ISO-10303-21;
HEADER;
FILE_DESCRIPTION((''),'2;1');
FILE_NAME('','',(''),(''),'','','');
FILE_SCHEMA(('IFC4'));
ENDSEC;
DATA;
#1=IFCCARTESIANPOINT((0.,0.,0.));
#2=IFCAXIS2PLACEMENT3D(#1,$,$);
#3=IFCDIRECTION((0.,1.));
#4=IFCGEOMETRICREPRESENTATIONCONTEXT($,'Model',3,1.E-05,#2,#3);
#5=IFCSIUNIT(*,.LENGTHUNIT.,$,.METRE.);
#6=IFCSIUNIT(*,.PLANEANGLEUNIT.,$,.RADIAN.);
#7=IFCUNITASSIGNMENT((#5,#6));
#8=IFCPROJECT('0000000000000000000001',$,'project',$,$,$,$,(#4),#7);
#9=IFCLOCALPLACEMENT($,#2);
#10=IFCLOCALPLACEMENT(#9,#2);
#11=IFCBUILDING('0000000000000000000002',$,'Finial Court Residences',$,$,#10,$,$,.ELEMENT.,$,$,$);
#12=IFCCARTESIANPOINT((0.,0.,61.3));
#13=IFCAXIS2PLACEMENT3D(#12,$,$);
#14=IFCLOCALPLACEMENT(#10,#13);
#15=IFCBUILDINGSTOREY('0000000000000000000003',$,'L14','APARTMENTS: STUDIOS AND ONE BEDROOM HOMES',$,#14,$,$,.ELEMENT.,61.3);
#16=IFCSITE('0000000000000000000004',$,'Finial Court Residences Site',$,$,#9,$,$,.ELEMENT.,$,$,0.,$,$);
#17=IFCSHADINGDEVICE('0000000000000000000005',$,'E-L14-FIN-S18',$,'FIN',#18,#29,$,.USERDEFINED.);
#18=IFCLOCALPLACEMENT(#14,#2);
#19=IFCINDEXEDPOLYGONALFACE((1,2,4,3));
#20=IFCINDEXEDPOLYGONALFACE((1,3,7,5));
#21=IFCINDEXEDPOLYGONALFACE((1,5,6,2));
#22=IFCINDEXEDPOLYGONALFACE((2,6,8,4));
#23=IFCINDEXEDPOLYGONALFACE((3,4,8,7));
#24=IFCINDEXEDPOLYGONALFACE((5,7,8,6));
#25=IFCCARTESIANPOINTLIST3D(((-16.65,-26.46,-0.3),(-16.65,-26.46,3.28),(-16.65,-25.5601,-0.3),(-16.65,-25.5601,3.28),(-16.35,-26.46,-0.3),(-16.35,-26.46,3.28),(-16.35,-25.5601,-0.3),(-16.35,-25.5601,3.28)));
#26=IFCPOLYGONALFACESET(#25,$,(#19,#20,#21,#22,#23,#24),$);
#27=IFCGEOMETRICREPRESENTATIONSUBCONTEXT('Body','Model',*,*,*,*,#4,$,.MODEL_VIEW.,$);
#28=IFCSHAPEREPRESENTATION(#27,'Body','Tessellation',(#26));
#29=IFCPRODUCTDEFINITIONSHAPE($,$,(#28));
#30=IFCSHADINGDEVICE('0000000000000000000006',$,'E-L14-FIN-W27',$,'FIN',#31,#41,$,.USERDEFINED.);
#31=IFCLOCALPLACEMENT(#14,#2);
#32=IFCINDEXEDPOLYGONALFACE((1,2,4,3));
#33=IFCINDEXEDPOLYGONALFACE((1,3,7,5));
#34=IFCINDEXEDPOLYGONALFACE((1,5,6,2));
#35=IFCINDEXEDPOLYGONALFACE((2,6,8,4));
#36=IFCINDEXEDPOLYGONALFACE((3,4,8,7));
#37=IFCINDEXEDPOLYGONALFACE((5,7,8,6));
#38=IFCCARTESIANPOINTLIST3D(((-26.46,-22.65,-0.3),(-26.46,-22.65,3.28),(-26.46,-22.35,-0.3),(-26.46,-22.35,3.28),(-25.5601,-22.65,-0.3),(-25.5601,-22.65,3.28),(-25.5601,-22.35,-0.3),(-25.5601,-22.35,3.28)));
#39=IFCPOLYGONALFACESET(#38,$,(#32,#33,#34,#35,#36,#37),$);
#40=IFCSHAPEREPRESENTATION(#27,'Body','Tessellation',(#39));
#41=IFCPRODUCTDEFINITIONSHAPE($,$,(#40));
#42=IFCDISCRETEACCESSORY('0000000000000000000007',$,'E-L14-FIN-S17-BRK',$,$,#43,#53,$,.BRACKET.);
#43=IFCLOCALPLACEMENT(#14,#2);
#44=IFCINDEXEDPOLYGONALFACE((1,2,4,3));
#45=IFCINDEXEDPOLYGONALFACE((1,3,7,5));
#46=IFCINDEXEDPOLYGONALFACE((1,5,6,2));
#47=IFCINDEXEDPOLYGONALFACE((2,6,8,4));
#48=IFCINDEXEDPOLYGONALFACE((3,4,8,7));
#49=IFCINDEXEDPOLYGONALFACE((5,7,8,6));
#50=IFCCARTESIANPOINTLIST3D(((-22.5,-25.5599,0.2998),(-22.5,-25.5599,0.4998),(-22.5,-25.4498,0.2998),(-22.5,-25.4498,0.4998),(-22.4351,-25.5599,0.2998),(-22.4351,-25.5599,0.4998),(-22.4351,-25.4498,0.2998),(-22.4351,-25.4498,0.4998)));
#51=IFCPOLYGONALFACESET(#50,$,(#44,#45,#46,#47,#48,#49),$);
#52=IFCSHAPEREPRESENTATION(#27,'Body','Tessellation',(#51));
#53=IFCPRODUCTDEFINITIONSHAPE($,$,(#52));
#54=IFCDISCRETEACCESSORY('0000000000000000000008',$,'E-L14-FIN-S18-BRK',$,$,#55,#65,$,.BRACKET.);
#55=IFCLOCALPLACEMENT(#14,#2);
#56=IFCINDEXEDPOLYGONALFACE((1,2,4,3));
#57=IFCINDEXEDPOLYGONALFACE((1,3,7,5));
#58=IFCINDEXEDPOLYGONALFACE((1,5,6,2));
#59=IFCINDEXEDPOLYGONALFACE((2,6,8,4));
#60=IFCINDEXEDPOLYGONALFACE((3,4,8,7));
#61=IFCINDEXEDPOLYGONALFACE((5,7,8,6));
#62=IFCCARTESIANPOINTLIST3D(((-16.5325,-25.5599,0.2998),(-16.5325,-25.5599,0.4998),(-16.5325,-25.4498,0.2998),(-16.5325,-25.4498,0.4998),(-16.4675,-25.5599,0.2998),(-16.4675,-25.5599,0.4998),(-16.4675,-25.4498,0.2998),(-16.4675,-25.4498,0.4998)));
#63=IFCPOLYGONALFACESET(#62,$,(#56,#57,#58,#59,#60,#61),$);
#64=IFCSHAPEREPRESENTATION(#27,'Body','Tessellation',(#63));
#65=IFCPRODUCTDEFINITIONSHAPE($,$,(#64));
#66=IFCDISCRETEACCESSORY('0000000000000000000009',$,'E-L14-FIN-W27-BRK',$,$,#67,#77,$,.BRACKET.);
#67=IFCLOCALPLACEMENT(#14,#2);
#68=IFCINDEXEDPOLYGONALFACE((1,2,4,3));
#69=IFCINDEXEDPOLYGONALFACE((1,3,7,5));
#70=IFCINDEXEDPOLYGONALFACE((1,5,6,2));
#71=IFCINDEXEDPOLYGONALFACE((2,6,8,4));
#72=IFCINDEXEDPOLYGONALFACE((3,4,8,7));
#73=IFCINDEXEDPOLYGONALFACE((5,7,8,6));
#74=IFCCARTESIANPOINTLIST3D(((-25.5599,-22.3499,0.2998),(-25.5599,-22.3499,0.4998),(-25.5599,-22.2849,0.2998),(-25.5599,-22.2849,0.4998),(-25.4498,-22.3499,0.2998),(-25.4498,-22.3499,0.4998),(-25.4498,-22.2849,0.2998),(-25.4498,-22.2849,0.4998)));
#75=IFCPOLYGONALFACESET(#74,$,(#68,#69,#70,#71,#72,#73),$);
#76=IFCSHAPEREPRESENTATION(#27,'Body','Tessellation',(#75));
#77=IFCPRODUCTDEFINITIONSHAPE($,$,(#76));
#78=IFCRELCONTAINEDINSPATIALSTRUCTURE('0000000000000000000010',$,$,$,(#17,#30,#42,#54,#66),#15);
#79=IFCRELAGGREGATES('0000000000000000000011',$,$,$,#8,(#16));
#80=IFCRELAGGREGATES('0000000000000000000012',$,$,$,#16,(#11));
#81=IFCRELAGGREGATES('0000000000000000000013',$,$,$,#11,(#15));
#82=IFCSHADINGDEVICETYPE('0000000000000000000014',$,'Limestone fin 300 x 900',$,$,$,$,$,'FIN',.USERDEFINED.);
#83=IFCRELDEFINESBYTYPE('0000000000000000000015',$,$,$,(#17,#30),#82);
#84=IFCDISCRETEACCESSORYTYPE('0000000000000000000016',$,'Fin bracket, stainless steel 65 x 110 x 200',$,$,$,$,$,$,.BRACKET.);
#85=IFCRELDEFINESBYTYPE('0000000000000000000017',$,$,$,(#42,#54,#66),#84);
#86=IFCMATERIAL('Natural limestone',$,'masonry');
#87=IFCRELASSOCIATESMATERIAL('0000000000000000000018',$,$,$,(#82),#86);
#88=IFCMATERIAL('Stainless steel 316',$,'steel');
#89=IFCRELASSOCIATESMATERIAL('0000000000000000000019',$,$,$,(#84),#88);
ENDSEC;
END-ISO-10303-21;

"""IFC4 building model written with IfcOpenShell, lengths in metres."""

from ifc_helpers import new_model, si_unit, direction, frame, origin, origin_2d, place, context, subcontext, project, spatial, rectangle, extrude, material, type_object, element, save


model = new_model("IFC4")

# Units and contexts
model_context = context("Model", 3, precision=1e-05, world=origin(), true_north=direction((0.0, 1.0)))
body_context = subcontext(model_context, "Body", "Model", "MODEL_VIEW")
ifc_project = project(units=[si_unit("LENGTHUNIT", "METRE"), si_unit("PLANEANGLEUNIT", "RADIAN")], contexts=[model_context])

# Site, building, storey
site_placement = place(None, origin())
site = spatial("IfcSite", under=ifc_project, at=site_placement, Name="Finial Court Residences Site", CompositionType="ELEMENT", RefElevation=0.0)
building_placement = place(site_placement, origin())
building = spatial("IfcBuilding", under=site, at=building_placement, Name="Finial Court Residences", CompositionType="ELEMENT")
storey_placement = place(building_placement, frame((0.0, 0.0, 61.3)))
storey = spatial("IfcBuildingStorey", under=building, at=storey_placement, Name="L14", Description="APARTMENTS: STUDIOS AND ONE BEDROOM HOMES", CompositionType="ELEMENT", Elevation=61.3)

# Shared definitions
ifc_material_1 = material(Name="Natural limestone", Category="masonry")

# Shading devices
shading_device_type = type_object("IfcShadingDeviceType", Name="Limestone fin 300 x 900", ElementType="FIN", PredefinedType="USERDEFINED", material=ifc_material_1)
for number, where, z_axis, x_axis, name in (
    (1, (-16.5, -26.01, -0.3), (0.0, 0.0, 1.0), (1.0, 0.0, 0.0), "E-L14-FIN-S18"),
):
    element("IfcShadingDevice", number, at=place(storey_placement, frame(where, z_axis=z_axis, x_axis=x_axis)), inside=storey, type_object=shading_device_type, Name=name, ObjectType="FIN", PredefinedType="USERDEFINED", context=body_context, shape_type="SweptSolid", body=[
        extrude(rectangle(XDim=0.3, YDim=0.8999, at=origin_2d()), origin(), (0.0, 0.0, 1.0), 3.5801),
    ])
shading_device_placement = place(storey_placement, frame((-26.01, -22.5, -0.3), z_axis=(0.0, 0.0, 1.0), x_axis=(1.0, 0.0, 0.0)))
element("IfcShadingDevice", 2, at=shading_device_placement, inside=storey, type_object=shading_device_type, Name="E-L14-FIN-W27", ObjectType="FIN", PredefinedType="USERDEFINED", context=body_context, shape_type="SweptSolid", body=[
    extrude(rectangle(XDim=0.8999, YDim=0.3, at=origin_2d()), origin(), (0.0, 0.0, 1.0), 3.5801),
])

# Discrete accessories
ifc_material_2 = material(Name="Stainless steel 316", Category="steel")
discrete_accessory_type = type_object("IfcDiscreteAccessoryType", Name="Fin bracket, stainless steel 65 x 110 x 200", PredefinedType="BRACKET", material=ifc_material_2)
for number, where, z_axis, x_axis, name in (
    (3, (-22.4675, -25.5049, 0.2998), (0.0, 0.0, 1.0), (1.0, 0.0, 0.0), "E-L14-FIN-S17-BRK"),
    (4, (-16.5, -25.5049, 0.2998), (0.0, 0.0, 1.0), (1.0, 0.0, 0.0), "E-L14-FIN-S18-BRK"),
):
    element("IfcDiscreteAccessory", number, at=place(storey_placement, frame(where, z_axis=z_axis, x_axis=x_axis)), inside=storey, type_object=discrete_accessory_type, Name=name, PredefinedType="BRACKET", context=body_context, shape_type="SweptSolid", body=[
        extrude(rectangle(XDim=0.0649, YDim=0.1101, at=origin_2d()), origin(), (0.0, 0.0, 1.0), 0.2),
    ])
discrete_accessory_placement = place(storey_placement, frame((-25.5049, -22.3174, 0.2998), z_axis=(0.0, 0.0, 1.0), x_axis=(1.0, 0.0, 0.0)))
element("IfcDiscreteAccessory", 5, at=discrete_accessory_placement, inside=storey, type_object=discrete_accessory_type, Name="E-L14-FIN-W27-BRK", PredefinedType="BRACKET", context=body_context, shape_type="SweptSolid", body=[
    extrude(rectangle(XDim=0.1101, YDim=0.0649, at=origin_2d()), origin(), (0.0, 0.0, 1.0), 0.2),
])

save(model, "model.ifc")
